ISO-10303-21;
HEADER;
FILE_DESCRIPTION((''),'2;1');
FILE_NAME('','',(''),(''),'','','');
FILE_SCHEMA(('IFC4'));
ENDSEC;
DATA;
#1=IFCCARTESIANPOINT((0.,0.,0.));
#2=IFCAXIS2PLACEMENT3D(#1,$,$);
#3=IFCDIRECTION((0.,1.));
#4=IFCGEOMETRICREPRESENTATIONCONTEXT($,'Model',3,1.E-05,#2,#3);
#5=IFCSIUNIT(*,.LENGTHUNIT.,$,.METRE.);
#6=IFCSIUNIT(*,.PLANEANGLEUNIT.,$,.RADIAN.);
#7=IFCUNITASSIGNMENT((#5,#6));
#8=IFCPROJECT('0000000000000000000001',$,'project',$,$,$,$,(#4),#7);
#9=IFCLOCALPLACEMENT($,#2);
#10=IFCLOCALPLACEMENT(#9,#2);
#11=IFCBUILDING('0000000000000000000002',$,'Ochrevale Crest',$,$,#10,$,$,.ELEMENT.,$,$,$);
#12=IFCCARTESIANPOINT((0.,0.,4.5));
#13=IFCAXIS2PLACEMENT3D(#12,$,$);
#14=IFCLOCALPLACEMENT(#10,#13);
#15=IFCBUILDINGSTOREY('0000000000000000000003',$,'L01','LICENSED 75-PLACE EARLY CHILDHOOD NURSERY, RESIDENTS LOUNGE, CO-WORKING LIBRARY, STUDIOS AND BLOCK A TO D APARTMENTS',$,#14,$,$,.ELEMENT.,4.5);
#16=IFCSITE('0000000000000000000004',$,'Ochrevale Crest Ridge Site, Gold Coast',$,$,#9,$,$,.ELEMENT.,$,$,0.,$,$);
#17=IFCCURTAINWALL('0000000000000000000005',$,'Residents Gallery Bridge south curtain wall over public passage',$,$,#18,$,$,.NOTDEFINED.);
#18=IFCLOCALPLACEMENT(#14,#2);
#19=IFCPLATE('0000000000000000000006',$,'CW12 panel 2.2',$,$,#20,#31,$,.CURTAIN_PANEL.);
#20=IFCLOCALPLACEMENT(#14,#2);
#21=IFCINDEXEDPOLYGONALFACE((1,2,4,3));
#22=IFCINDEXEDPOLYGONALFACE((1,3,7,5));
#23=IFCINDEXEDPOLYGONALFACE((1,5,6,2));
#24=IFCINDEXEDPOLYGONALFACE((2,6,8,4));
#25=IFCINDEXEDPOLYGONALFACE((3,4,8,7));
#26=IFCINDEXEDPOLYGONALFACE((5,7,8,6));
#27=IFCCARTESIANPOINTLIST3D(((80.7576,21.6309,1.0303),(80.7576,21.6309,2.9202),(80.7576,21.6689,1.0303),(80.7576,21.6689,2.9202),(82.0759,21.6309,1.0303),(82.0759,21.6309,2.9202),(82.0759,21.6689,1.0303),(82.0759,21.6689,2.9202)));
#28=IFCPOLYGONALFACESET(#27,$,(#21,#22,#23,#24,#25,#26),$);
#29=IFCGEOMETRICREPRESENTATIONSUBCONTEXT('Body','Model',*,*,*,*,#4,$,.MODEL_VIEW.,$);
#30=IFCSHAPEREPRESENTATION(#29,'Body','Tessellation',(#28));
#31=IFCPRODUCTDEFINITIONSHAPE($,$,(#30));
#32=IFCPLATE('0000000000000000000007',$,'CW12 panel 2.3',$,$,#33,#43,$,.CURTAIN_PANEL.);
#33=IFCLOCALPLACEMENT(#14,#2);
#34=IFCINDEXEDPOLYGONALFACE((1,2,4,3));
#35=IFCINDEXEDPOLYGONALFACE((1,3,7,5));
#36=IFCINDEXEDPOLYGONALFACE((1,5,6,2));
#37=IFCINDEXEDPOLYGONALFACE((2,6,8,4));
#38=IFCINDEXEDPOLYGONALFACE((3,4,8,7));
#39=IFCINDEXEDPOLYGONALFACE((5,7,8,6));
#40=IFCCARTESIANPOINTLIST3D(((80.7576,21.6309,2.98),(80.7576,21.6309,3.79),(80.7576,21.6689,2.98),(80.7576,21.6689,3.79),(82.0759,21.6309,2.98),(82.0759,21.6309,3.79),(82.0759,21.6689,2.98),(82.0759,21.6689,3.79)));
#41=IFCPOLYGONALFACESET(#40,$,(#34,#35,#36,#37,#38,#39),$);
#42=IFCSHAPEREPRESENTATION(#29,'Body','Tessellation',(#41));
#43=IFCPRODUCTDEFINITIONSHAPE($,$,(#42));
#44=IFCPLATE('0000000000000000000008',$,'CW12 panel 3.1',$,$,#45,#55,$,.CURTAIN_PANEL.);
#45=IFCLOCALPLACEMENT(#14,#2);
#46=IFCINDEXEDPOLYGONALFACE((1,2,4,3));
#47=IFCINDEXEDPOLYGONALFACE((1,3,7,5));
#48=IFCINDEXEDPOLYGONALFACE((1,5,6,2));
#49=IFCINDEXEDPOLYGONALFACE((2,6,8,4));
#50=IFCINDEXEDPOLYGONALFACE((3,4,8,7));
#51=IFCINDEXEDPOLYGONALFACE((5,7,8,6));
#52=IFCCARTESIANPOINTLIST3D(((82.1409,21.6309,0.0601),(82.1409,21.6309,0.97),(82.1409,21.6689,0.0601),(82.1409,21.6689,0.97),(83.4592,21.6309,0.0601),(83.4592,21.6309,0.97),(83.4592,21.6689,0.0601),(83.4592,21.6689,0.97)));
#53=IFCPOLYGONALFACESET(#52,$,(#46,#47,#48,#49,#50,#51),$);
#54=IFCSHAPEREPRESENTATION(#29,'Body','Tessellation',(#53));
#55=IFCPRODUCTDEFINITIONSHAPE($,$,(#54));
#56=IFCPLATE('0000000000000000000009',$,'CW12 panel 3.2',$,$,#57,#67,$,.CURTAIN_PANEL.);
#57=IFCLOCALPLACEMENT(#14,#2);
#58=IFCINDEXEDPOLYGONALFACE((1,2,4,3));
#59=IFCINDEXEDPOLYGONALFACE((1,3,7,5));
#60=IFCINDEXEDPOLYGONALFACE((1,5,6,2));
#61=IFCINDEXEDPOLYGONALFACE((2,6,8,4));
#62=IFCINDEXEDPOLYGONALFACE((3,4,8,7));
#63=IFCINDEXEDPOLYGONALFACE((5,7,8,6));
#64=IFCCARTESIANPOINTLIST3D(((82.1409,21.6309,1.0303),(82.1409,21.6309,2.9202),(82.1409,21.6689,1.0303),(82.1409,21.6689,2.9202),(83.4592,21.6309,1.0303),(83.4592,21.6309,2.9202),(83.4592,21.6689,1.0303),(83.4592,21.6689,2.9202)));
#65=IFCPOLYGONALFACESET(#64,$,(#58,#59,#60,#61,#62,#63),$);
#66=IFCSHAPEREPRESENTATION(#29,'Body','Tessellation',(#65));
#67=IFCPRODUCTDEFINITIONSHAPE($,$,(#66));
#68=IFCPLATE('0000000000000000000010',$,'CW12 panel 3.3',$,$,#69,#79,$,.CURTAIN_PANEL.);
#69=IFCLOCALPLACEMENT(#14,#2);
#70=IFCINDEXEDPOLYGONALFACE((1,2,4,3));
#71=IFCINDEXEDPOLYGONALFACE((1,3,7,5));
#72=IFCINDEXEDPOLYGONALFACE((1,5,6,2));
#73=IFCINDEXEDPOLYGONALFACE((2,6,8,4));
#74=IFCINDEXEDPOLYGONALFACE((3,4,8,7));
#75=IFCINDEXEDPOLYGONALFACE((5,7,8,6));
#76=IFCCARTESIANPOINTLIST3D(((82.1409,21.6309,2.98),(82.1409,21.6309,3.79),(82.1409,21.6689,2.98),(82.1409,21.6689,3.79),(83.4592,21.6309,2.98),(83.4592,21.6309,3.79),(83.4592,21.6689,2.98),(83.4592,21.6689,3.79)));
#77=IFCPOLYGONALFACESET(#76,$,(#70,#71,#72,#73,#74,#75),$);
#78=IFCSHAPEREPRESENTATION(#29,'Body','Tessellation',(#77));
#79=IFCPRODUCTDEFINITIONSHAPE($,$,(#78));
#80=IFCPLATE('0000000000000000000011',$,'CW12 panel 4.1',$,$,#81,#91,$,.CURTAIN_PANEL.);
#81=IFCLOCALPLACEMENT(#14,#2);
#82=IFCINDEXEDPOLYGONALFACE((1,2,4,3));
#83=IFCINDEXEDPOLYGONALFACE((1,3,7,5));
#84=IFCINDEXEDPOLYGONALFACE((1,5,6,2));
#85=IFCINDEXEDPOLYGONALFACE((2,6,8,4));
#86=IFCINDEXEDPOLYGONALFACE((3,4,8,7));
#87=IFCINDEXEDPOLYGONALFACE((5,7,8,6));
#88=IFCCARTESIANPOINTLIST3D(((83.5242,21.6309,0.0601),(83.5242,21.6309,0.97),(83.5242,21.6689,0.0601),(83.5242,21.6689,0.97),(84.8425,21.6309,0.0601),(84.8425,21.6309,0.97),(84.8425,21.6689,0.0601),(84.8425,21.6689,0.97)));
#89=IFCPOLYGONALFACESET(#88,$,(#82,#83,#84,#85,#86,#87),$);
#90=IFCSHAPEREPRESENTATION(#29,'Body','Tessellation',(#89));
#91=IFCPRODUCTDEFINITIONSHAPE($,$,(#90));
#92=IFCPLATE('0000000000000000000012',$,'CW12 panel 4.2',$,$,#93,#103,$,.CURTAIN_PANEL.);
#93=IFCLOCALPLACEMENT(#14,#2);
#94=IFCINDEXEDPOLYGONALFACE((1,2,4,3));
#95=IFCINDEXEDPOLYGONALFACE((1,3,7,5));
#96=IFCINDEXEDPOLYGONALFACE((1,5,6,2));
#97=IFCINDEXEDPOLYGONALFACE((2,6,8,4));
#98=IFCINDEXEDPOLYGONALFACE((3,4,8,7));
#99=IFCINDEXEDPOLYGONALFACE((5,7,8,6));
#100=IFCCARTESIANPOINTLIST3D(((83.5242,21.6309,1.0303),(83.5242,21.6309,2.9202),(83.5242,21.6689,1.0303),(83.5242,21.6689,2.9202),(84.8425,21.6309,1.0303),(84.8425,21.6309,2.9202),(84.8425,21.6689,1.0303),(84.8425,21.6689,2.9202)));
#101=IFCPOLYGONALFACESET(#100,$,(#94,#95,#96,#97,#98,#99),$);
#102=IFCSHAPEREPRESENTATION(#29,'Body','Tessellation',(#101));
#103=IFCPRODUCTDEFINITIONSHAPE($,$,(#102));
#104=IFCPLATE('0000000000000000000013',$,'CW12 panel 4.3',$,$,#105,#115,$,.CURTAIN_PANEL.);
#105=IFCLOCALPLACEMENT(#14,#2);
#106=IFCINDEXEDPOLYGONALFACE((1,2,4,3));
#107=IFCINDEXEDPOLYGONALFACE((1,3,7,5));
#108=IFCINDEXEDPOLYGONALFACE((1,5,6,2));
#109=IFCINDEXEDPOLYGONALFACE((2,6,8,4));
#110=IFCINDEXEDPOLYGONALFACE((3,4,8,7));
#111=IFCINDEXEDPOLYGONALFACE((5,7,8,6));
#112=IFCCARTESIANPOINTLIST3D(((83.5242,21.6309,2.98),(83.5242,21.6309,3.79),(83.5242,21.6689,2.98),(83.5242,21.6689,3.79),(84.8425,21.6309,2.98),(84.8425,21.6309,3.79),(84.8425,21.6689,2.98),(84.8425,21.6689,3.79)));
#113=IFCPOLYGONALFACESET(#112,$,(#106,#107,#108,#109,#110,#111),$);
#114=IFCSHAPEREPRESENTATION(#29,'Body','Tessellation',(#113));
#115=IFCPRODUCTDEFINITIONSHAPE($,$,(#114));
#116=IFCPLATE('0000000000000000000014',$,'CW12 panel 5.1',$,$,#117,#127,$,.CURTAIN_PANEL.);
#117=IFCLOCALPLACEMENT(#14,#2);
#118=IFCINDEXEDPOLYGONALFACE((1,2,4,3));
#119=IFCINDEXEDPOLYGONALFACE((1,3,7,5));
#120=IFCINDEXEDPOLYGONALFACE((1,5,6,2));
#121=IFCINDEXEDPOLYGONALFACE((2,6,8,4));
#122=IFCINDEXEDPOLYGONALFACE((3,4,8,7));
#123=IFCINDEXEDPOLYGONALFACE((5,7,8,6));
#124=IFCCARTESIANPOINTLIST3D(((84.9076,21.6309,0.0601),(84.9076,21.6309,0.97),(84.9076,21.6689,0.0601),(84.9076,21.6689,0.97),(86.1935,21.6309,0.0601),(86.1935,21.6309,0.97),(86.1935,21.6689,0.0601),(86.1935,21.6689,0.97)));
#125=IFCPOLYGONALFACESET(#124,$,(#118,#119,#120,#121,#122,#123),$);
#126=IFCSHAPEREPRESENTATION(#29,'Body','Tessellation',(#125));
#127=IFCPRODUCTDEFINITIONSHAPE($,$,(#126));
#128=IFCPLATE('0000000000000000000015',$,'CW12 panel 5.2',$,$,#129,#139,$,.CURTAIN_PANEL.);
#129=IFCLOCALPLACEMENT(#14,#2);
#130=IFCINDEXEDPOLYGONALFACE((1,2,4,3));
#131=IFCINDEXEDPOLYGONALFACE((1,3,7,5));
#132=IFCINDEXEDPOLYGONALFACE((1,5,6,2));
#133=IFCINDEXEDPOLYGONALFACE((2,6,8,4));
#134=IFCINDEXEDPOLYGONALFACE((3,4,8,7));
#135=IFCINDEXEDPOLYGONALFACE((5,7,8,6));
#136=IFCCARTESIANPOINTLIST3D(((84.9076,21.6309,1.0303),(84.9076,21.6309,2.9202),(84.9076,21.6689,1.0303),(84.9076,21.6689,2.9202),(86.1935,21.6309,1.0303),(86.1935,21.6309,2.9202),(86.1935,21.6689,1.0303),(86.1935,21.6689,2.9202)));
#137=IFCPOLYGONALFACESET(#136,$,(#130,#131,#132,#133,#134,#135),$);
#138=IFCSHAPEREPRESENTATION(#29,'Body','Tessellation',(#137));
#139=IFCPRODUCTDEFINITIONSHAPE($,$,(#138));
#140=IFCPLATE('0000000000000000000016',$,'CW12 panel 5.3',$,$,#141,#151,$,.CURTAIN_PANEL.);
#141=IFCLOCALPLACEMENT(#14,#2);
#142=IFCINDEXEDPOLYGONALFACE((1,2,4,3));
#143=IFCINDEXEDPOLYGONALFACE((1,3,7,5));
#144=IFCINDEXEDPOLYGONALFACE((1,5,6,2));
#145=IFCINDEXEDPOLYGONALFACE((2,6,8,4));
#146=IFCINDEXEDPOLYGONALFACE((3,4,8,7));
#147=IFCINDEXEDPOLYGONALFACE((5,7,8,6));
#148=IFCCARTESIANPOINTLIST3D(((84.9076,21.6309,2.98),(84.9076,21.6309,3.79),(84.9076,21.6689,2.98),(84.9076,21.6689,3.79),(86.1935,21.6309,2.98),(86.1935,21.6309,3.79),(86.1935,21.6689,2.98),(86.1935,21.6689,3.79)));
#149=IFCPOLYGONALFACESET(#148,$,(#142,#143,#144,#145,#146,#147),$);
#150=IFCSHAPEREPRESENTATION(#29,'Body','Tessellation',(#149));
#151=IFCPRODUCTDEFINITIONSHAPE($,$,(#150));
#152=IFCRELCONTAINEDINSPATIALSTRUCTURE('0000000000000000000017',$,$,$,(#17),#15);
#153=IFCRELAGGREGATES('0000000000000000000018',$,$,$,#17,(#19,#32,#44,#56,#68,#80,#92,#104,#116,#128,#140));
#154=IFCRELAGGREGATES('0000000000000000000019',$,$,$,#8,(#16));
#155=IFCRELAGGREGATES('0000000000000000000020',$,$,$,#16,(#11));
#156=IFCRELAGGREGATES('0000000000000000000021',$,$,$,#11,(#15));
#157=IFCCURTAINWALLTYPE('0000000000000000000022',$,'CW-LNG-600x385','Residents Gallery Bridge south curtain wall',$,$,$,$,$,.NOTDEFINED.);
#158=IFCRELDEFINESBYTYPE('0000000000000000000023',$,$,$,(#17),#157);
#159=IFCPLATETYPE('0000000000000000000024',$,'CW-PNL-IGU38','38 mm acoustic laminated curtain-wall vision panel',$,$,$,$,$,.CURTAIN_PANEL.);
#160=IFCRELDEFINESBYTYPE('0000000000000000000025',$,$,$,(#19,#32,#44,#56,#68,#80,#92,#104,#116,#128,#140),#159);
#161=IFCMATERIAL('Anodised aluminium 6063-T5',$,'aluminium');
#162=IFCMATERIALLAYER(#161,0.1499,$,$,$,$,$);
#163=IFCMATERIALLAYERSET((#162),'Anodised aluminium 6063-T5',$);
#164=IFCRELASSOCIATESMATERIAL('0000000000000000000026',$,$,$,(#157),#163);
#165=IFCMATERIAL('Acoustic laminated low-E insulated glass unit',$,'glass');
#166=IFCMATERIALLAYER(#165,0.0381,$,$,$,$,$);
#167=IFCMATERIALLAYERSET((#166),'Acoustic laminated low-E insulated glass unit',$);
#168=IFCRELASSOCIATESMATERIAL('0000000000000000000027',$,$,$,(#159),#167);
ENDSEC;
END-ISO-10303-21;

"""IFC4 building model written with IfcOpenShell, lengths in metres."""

from ifc_helpers import new_model, si_unit, direction, frame, origin, origin_2d, place, context, subcontext, project, spatial, rectangle, extrude, material, layer, layer_set, type_object, element, aggregate, save


model = new_model("IFC4")

# Units and contexts
model_context = context("Model", 3, precision=1e-05, world=origin(), true_north=direction((0.0, 1.0)))
body_context = subcontext(model_context, "Body", "Model", "MODEL_VIEW")
ifc_project = project(units=[si_unit("LENGTHUNIT", "METRE"), si_unit("PLANEANGLEUNIT", "RADIAN")], contexts=[model_context])

# Site, building, storey
site_placement = place(None, origin())
site = spatial("IfcSite", under=ifc_project, at=site_placement, Name="Ochrevale Crest Ridge Site, Gold Coast", CompositionType="ELEMENT", RefElevation=0.0)
building_placement = place(site_placement, origin())
building = spatial("IfcBuilding", under=site, at=building_placement, Name="Ochrevale Crest", CompositionType="ELEMENT")
storey_placement = place(building_placement, frame((0.0, 0.0, 4.5)))
storey = spatial("IfcBuildingStorey", under=building, at=storey_placement, Name="L01", Description="LICENSED 75-PLACE EARLY CHILDHOOD NURSERY, RESIDENTS LOUNGE, CO-WORKING LIBRARY, STUDIOS AND BLOCK A TO D APARTMENTS", CompositionType="ELEMENT", Elevation=4.5)

# Curtain wall, plates
ifc_material_1 = material(Name="Anodised aluminium 6063-T5", Category="aluminium")
ifc_layer_1 = layer(ifc_material_1, 0.1499)
ifc_layer_set_1 = layer_set([ifc_layer_1], Name="Anodised aluminium 6063-T5")
curtain_wall_type = type_object("IfcCurtainWallType", Name="CW-LNG-600x385", Description="Residents Gallery Bridge south curtain wall", PredefinedType="NOTDEFINED", material=ifc_layer_set_1)
curtain_wall_placement = place(storey_placement, origin())
curtain_wall = element("IfcCurtainWall", 1, at=curtain_wall_placement, inside=storey, type_object=curtain_wall_type, Name="Residents Gallery Bridge south curtain wall over public passage", PredefinedType="NOTDEFINED")
ifc_material_2 = material(Name="Acoustic laminated low-E insulated glass unit", Category="glass")
ifc_layer_2 = layer(ifc_material_2, 0.0381)
ifc_layer_set_2 = layer_set([ifc_layer_2], Name="Acoustic laminated low-E insulated glass unit")
plate_type = type_object("IfcPlateType", Name="CW-PNL-IGU38", Description="38 mm acoustic laminated curtain-wall vision panel", PredefinedType="CURTAIN_PANEL", material=ifc_layer_set_2)
plate_1_placement = place(storey_placement, frame((81.4167, 21.6499, 1.0303), z_axis=(0.0, 0.0, 1.0), x_axis=(1.0, 0.0, 0.0)))
plate_1 = element("IfcPlate", 2, at=plate_1_placement, type_object=plate_type, Name="CW12 panel 2.2", PredefinedType="CURTAIN_PANEL", context=body_context, shape_type="SweptSolid", body=[
    extrude(rectangle(XDim=1.3184, YDim=0.0381, at=origin_2d()), origin(), (0.0, 0.0, 1.0), 1.8899),
])
plate_2_placement = place(storey_placement, frame((81.4167, 21.6499, 2.98), z_axis=(0.0, 0.0, 1.0), x_axis=(1.0, 0.0, 0.0)))
plate_2 = element("IfcPlate", 3, at=plate_2_placement, type_object=plate_type, Name="CW12 panel 2.3", PredefinedType="CURTAIN_PANEL", context=body_context, shape_type="SweptSolid", body=[
    extrude(rectangle(XDim=1.3184, YDim=0.0381, at=origin_2d()), origin(), (0.0, 0.0, 1.0), 0.8101),
])
plate_3_placement = place(storey_placement, frame((82.8, 21.6499, 0.0601), z_axis=(0.0, 0.0, 1.0), x_axis=(1.0, 0.0, 0.0)))
plate_3 = element("IfcPlate", 4, at=plate_3_placement, type_object=plate_type, Name="CW12 panel 3.1", PredefinedType="CURTAIN_PANEL", context=body_context, shape_type="SweptSolid", body=[
    extrude(rectangle(XDim=1.3184, YDim=0.0381, at=origin_2d()), origin(), (0.0, 0.0, 1.0), 0.9099),
])
plate_4_placement = place(storey_placement, frame((82.8, 21.6499, 1.0303), z_axis=(0.0, 0.0, 1.0), x_axis=(1.0, 0.0, 0.0)))
plate_4 = element("IfcPlate", 5, at=plate_4_placement, type_object=plate_type, Name="CW12 panel 3.2", PredefinedType="CURTAIN_PANEL", context=body_context, shape_type="SweptSolid", body=[
    extrude(rectangle(XDim=1.3184, YDim=0.0381, at=origin_2d()), origin(), (0.0, 0.0, 1.0), 1.8899),
])
plate_5_placement = place(storey_placement, frame((82.8, 21.6499, 2.98), z_axis=(0.0, 0.0, 1.0), x_axis=(1.0, 0.0, 0.0)))
plate_5 = element("IfcPlate", 6, at=plate_5_placement, type_object=plate_type, Name="CW12 panel 3.3", PredefinedType="CURTAIN_PANEL", context=body_context, shape_type="SweptSolid", body=[
    extrude(rectangle(XDim=1.3184, YDim=0.0381, at=origin_2d()), origin(), (0.0, 0.0, 1.0), 0.8101),
])
plate_6_placement = place(storey_placement, frame((84.1833, 21.6499, 0.0601), z_axis=(0.0, 0.0, 1.0), x_axis=(1.0, 0.0, 0.0)))
plate_6 = element("IfcPlate", 7, at=plate_6_placement, type_object=plate_type, Name="CW12 panel 4.1", PredefinedType="CURTAIN_PANEL", context=body_context, shape_type="SweptSolid", body=[
    extrude(rectangle(XDim=1.3184, YDim=0.0381, at=origin_2d()), origin(), (0.0, 0.0, 1.0), 0.9099),
])
plate_7_placement = place(storey_placement, frame((84.1833, 21.6499, 1.0303), z_axis=(0.0, 0.0, 1.0), x_axis=(1.0, 0.0, 0.0)))
plate_7 = element("IfcPlate", 8, at=plate_7_placement, type_object=plate_type, Name="CW12 panel 4.2", PredefinedType="CURTAIN_PANEL", context=body_context, shape_type="SweptSolid", body=[
    extrude(rectangle(XDim=1.3184, YDim=0.0381, at=origin_2d()), origin(), (0.0, 0.0, 1.0), 1.8899),
])
plate_8_placement = place(storey_placement, frame((84.1833, 21.6499, 2.98), z_axis=(0.0, 0.0, 1.0), x_axis=(1.0, 0.0, 0.0)))
plate_8 = element("IfcPlate", 9, at=plate_8_placement, type_object=plate_type, Name="CW12 panel 4.3", PredefinedType="CURTAIN_PANEL", context=body_context, shape_type="SweptSolid", body=[
    extrude(rectangle(XDim=1.3184, YDim=0.0381, at=origin_2d()), origin(), (0.0, 0.0, 1.0), 0.8101),
])
plate_9_placement = place(storey_placement, frame((85.5505, 21.6499, 0.0601), z_axis=(0.0, 0.0, 1.0), x_axis=(1.0, 0.0, 0.0)))
plate_9 = element("IfcPlate", 10, at=plate_9_placement, type_object=plate_type, Name="CW12 panel 5.1", PredefinedType="CURTAIN_PANEL", context=body_context, shape_type="SweptSolid", body=[
    extrude(rectangle(XDim=1.2859, YDim=0.0381, at=origin_2d()), origin(), (0.0, 0.0, 1.0), 0.9099),
])
plate_10_placement = place(storey_placement, frame((85.5505, 21.6499, 1.0303), z_axis=(0.0, 0.0, 1.0), x_axis=(1.0, 0.0, 0.0)))
plate_10 = element("IfcPlate", 11, at=plate_10_placement, type_object=plate_type, Name="CW12 panel 5.2", PredefinedType="CURTAIN_PANEL", context=body_context, shape_type="SweptSolid", body=[
    extrude(rectangle(XDim=1.2859, YDim=0.0381, at=origin_2d()), origin(), (0.0, 0.0, 1.0), 1.8899),
])
plate_11_placement = place(storey_placement, frame((85.5505, 21.6499, 2.98), z_axis=(0.0, 0.0, 1.0), x_axis=(1.0, 0.0, 0.0)))
plate_11 = element("IfcPlate", 12, at=plate_11_placement, type_object=plate_type, Name="CW12 panel 5.3", PredefinedType="CURTAIN_PANEL", context=body_context, shape_type="SweptSolid", body=[
    extrude(rectangle(XDim=1.2859, YDim=0.0381, at=origin_2d()), origin(), (0.0, 0.0, 1.0), 0.8101),
])
aggregate(curtain_wall, [plate_1, plate_2, plate_3, plate_4, plate_5, plate_6, plate_7, plate_8, plate_9, plate_10, plate_11])

save(model, "model.ifc")
